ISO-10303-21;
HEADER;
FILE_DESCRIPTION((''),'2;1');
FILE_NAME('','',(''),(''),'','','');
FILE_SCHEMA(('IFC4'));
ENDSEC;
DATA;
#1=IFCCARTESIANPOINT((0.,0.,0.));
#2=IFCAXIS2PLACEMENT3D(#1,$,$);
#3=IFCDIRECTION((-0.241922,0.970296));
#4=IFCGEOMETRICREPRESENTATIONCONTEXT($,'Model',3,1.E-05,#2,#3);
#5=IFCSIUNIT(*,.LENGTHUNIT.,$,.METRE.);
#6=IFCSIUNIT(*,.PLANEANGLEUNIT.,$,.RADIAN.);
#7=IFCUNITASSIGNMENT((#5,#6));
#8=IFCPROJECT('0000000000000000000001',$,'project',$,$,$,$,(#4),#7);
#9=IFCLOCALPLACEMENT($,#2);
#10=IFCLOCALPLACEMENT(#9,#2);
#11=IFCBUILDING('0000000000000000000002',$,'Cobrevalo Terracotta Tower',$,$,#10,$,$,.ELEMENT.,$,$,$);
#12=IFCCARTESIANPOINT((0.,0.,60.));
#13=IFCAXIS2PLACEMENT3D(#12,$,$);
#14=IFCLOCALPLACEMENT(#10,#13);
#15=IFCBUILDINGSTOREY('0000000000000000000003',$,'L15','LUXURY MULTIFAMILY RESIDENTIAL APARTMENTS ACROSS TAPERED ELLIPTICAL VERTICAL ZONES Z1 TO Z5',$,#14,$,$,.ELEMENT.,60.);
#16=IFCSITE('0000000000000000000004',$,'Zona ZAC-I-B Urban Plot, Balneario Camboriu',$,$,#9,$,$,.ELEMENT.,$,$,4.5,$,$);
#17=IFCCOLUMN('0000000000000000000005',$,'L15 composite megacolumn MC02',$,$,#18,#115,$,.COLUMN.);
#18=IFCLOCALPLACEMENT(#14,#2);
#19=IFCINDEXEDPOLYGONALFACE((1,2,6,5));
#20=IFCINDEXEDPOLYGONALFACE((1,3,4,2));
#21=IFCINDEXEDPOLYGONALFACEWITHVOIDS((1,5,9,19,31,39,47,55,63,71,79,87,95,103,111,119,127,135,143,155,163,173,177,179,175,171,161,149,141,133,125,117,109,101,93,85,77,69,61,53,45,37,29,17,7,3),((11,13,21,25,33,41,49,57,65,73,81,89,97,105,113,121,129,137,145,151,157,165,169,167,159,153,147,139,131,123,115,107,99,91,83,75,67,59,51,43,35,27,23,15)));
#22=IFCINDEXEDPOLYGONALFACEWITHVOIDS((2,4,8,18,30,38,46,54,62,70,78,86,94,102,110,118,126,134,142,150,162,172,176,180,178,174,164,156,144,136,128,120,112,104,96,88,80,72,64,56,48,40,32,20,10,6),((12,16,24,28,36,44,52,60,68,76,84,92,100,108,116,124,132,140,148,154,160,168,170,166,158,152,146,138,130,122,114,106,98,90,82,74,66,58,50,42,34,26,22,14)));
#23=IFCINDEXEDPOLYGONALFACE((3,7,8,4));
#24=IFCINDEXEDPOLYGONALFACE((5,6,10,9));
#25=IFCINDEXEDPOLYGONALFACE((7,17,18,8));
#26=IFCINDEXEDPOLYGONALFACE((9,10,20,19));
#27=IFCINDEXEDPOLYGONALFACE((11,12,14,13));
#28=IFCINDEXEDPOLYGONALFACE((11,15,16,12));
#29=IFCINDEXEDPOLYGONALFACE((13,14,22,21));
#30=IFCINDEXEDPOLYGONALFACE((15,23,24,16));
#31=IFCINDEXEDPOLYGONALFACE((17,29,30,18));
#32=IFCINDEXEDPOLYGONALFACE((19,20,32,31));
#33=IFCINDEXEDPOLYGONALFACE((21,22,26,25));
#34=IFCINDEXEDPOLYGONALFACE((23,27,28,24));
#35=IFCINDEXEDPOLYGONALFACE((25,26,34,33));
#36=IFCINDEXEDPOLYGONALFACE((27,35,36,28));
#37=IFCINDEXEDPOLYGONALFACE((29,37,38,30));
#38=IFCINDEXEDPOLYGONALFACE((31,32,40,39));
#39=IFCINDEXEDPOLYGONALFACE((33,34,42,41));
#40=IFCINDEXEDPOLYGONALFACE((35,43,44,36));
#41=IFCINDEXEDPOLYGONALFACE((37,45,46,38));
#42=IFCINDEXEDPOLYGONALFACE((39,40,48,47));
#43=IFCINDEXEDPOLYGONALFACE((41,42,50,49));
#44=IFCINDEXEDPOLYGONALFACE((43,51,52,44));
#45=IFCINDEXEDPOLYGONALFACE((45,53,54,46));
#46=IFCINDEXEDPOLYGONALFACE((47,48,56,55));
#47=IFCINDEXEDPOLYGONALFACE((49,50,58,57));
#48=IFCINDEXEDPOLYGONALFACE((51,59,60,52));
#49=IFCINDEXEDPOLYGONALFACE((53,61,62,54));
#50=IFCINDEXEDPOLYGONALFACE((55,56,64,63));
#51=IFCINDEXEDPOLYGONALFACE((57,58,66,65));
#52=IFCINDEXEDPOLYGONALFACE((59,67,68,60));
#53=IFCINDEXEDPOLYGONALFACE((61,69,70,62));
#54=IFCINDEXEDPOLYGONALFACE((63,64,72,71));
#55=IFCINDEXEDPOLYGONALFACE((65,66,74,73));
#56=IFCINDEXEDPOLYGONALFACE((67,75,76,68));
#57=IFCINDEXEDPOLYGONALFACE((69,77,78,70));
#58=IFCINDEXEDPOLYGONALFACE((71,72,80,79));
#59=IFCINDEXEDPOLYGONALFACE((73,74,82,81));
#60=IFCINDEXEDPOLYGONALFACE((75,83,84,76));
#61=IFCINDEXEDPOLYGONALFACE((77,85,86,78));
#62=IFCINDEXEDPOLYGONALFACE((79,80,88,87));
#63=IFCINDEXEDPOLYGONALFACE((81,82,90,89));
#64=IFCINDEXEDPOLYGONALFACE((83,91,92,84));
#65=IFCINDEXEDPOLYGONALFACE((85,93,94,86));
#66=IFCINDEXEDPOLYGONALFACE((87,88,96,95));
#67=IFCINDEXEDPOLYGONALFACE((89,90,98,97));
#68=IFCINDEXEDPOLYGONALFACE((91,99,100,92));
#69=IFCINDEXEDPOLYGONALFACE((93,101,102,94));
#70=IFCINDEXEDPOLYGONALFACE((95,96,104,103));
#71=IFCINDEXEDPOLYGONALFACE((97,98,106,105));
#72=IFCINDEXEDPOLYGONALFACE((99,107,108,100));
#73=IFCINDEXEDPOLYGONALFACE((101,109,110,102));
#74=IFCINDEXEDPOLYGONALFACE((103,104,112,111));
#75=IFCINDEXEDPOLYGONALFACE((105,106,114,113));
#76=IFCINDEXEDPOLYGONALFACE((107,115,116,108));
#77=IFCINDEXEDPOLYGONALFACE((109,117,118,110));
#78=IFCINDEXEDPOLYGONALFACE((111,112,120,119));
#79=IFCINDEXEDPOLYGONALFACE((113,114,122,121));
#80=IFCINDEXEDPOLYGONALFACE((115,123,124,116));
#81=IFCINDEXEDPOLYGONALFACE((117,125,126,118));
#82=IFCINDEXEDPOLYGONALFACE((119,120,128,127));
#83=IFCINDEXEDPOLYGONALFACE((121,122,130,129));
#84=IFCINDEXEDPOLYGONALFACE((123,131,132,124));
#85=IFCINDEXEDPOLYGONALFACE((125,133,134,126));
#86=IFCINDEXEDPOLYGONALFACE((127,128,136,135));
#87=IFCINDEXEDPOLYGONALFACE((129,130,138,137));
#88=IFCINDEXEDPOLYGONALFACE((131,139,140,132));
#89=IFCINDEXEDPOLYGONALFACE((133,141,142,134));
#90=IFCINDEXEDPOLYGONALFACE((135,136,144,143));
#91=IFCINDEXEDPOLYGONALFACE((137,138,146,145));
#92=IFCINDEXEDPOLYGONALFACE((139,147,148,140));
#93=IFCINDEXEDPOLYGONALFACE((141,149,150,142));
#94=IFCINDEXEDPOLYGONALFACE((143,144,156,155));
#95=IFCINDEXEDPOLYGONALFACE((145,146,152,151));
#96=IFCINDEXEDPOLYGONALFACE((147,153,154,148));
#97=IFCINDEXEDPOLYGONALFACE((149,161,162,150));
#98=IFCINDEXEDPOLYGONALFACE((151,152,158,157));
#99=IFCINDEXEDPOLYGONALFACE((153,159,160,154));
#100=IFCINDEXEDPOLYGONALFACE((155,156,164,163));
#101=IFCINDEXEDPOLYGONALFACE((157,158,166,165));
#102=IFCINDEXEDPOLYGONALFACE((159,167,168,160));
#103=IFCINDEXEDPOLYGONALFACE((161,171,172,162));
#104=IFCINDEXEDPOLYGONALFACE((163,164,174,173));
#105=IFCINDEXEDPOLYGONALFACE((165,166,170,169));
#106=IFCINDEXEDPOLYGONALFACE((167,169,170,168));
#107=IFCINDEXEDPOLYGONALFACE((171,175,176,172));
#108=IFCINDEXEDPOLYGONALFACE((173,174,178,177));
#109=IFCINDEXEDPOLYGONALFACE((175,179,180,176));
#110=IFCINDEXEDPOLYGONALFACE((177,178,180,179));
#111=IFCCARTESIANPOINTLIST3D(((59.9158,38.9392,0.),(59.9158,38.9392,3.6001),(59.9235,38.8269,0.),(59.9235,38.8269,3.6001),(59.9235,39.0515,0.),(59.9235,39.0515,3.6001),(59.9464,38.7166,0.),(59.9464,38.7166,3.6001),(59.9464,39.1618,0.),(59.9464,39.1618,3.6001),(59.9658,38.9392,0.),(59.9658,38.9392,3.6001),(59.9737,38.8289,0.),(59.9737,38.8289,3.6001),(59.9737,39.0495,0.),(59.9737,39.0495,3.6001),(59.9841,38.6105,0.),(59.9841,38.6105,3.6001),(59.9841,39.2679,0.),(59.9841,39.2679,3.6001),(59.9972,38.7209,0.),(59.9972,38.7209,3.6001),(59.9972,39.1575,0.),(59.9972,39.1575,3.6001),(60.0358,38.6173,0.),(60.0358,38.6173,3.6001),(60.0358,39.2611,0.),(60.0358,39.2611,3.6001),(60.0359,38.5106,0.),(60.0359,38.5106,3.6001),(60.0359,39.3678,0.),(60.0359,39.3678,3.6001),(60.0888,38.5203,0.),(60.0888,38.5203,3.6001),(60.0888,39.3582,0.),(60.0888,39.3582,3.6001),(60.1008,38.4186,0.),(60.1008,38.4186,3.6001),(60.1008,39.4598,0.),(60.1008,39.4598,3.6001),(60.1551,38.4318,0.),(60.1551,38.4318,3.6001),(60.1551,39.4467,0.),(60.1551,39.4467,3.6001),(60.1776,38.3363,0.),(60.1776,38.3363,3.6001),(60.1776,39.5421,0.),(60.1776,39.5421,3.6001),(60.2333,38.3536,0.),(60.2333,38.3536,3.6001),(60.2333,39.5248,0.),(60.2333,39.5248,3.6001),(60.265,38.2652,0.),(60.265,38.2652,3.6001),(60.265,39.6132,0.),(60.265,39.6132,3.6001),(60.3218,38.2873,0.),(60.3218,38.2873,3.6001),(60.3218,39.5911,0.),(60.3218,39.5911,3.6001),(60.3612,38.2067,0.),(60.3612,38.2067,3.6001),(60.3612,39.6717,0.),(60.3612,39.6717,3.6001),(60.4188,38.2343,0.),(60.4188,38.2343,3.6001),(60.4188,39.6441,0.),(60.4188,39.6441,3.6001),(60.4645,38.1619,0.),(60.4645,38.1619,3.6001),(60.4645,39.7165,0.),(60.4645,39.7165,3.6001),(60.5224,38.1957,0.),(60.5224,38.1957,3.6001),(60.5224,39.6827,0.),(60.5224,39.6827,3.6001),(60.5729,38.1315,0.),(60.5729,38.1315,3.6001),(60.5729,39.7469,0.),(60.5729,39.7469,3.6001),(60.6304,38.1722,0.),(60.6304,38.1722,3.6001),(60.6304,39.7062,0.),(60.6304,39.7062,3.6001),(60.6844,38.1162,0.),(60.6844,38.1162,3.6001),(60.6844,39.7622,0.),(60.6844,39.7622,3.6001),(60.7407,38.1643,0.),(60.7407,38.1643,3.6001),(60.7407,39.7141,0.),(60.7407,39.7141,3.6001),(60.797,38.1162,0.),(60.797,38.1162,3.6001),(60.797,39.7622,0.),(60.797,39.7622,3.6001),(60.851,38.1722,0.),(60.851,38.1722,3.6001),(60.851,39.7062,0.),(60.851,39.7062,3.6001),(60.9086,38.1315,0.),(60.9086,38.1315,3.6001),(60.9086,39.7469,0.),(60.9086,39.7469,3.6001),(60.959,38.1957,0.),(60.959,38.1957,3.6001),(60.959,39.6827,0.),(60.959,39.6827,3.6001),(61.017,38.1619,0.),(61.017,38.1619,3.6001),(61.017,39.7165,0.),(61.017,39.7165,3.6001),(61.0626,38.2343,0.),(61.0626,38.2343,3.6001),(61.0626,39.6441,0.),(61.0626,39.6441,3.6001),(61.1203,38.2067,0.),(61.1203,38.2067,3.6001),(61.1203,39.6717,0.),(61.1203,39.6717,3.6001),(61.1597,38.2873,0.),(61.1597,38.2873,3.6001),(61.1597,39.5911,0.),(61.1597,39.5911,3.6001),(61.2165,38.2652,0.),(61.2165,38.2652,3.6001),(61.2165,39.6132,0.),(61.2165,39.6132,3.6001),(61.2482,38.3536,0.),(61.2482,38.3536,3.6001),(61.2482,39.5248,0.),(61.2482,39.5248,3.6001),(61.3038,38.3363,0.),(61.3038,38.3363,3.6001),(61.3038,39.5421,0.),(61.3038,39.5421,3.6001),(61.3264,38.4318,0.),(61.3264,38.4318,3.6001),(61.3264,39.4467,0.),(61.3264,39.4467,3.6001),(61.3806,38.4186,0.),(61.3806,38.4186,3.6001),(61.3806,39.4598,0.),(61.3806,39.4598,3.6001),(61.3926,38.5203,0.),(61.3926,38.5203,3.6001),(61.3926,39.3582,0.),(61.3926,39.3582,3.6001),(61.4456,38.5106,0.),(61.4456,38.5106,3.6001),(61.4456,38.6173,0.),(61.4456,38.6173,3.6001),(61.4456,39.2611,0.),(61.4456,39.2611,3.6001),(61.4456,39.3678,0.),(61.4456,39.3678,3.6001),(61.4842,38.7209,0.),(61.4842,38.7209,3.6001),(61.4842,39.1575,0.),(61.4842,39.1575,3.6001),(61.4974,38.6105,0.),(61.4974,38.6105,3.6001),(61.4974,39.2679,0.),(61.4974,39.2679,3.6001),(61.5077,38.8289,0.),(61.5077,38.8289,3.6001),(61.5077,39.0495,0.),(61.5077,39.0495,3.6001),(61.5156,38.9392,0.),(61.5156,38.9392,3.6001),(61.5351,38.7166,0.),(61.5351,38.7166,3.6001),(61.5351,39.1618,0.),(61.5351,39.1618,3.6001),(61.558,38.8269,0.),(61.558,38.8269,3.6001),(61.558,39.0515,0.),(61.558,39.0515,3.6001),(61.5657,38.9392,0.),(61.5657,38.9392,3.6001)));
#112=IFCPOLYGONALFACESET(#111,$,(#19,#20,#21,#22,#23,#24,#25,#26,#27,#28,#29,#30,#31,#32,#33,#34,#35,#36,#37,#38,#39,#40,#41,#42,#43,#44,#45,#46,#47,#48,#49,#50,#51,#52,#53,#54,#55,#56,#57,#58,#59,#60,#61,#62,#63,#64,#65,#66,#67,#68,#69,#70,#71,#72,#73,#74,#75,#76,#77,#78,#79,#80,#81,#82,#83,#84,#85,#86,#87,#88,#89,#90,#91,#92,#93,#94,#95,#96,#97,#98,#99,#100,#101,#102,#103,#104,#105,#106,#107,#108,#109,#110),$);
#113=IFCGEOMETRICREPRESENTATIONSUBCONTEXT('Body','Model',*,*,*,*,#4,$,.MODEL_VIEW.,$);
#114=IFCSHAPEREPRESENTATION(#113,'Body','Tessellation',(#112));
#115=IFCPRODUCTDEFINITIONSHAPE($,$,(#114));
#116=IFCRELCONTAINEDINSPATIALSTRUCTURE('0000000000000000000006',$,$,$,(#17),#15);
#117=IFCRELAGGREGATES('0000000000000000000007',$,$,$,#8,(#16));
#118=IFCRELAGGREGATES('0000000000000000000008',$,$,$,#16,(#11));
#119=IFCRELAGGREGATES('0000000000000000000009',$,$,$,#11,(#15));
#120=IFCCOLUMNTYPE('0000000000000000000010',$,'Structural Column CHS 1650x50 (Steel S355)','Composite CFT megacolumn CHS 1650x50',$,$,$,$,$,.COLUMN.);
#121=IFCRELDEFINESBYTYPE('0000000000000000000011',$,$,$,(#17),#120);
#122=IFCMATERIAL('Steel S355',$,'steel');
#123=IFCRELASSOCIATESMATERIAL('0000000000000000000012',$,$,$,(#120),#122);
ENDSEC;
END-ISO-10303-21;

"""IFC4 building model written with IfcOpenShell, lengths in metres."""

from ifc_helpers import new_model, si_unit, direction, frame, origin, origin_2d, place, context, subcontext, project, spatial, hollow_circle, extrude, material, material_profile, profile_set, type_object, element, save


model = new_model("IFC4")

# Units and contexts
model_context = context("Model", 3, precision=1e-05, world=origin(), true_north=direction((-0.241922, 0.970296)))
body_context = subcontext(model_context, "Body", "Model", "MODEL_VIEW")
ifc_project = project(units=[si_unit("LENGTHUNIT", "METRE"), si_unit("PLANEANGLEUNIT", "RADIAN")], contexts=[model_context])

# Site, building, storey
site_placement = place(None, origin())
site = spatial("IfcSite", under=ifc_project, at=site_placement, Name="Zona ZAC-I-B Urban Plot, Balneario Camboriu", CompositionType="ELEMENT", RefElevation=4.5)
building_placement = place(site_placement, origin())
building = spatial("IfcBuilding", under=site, at=building_placement, Name="Cobrevalo Terracotta Tower", CompositionType="ELEMENT")
storey_placement = place(building_placement, frame((0.0, 0.0, 60.0)))
storey = spatial("IfcBuildingStorey", under=building, at=storey_placement, Name="L15", Description="LUXURY MULTIFAMILY RESIDENTIAL APARTMENTS ACROSS TAPERED ELLIPTICAL VERTICAL ZONES Z1 TO Z5", CompositionType="ELEMENT", Elevation=60.0)

# Column
ifc_material_1 = material(Name="Steel S355", Category="steel")
ifc_material_profile_1 = material_profile(ifc_material_1, hollow_circle(Radius=0.825, WallThickness=0.05, at=origin_2d()), Name="CHS 1650x50")
ifc_profile_set_1 = profile_set([ifc_material_profile_1], Name="Steel S355")
column_type = type_object("IfcColumnType", Name="Structural Column CHS 1650x50 (Steel S355)", Description="Composite CFT megacolumn CHS 1650x50", PredefinedType="COLUMN", material=ifc_profile_set_1)
for number, where, z_axis, x_axis, name in (
    (1, (60.7407, 38.9392, 0.0), (0.0, 0.0, 1.0), (1.0, 0.0, 0.0), "L15 composite megacolumn MC02"),
):
    element("IfcColumn", number, at=place(storey_placement, frame(where, z_axis=z_axis, x_axis=x_axis)), inside=storey, type_object=column_type, Name=name, PredefinedType="COLUMN", context=body_context, shape_type="SweptSolid", body=[
        extrude(hollow_circle(Radius=0.825, WallThickness=0.05, at=origin_2d()), origin(), (0.0, 0.0, 1.0), 3.6001),
    ])

save(model, "model.ifc")
